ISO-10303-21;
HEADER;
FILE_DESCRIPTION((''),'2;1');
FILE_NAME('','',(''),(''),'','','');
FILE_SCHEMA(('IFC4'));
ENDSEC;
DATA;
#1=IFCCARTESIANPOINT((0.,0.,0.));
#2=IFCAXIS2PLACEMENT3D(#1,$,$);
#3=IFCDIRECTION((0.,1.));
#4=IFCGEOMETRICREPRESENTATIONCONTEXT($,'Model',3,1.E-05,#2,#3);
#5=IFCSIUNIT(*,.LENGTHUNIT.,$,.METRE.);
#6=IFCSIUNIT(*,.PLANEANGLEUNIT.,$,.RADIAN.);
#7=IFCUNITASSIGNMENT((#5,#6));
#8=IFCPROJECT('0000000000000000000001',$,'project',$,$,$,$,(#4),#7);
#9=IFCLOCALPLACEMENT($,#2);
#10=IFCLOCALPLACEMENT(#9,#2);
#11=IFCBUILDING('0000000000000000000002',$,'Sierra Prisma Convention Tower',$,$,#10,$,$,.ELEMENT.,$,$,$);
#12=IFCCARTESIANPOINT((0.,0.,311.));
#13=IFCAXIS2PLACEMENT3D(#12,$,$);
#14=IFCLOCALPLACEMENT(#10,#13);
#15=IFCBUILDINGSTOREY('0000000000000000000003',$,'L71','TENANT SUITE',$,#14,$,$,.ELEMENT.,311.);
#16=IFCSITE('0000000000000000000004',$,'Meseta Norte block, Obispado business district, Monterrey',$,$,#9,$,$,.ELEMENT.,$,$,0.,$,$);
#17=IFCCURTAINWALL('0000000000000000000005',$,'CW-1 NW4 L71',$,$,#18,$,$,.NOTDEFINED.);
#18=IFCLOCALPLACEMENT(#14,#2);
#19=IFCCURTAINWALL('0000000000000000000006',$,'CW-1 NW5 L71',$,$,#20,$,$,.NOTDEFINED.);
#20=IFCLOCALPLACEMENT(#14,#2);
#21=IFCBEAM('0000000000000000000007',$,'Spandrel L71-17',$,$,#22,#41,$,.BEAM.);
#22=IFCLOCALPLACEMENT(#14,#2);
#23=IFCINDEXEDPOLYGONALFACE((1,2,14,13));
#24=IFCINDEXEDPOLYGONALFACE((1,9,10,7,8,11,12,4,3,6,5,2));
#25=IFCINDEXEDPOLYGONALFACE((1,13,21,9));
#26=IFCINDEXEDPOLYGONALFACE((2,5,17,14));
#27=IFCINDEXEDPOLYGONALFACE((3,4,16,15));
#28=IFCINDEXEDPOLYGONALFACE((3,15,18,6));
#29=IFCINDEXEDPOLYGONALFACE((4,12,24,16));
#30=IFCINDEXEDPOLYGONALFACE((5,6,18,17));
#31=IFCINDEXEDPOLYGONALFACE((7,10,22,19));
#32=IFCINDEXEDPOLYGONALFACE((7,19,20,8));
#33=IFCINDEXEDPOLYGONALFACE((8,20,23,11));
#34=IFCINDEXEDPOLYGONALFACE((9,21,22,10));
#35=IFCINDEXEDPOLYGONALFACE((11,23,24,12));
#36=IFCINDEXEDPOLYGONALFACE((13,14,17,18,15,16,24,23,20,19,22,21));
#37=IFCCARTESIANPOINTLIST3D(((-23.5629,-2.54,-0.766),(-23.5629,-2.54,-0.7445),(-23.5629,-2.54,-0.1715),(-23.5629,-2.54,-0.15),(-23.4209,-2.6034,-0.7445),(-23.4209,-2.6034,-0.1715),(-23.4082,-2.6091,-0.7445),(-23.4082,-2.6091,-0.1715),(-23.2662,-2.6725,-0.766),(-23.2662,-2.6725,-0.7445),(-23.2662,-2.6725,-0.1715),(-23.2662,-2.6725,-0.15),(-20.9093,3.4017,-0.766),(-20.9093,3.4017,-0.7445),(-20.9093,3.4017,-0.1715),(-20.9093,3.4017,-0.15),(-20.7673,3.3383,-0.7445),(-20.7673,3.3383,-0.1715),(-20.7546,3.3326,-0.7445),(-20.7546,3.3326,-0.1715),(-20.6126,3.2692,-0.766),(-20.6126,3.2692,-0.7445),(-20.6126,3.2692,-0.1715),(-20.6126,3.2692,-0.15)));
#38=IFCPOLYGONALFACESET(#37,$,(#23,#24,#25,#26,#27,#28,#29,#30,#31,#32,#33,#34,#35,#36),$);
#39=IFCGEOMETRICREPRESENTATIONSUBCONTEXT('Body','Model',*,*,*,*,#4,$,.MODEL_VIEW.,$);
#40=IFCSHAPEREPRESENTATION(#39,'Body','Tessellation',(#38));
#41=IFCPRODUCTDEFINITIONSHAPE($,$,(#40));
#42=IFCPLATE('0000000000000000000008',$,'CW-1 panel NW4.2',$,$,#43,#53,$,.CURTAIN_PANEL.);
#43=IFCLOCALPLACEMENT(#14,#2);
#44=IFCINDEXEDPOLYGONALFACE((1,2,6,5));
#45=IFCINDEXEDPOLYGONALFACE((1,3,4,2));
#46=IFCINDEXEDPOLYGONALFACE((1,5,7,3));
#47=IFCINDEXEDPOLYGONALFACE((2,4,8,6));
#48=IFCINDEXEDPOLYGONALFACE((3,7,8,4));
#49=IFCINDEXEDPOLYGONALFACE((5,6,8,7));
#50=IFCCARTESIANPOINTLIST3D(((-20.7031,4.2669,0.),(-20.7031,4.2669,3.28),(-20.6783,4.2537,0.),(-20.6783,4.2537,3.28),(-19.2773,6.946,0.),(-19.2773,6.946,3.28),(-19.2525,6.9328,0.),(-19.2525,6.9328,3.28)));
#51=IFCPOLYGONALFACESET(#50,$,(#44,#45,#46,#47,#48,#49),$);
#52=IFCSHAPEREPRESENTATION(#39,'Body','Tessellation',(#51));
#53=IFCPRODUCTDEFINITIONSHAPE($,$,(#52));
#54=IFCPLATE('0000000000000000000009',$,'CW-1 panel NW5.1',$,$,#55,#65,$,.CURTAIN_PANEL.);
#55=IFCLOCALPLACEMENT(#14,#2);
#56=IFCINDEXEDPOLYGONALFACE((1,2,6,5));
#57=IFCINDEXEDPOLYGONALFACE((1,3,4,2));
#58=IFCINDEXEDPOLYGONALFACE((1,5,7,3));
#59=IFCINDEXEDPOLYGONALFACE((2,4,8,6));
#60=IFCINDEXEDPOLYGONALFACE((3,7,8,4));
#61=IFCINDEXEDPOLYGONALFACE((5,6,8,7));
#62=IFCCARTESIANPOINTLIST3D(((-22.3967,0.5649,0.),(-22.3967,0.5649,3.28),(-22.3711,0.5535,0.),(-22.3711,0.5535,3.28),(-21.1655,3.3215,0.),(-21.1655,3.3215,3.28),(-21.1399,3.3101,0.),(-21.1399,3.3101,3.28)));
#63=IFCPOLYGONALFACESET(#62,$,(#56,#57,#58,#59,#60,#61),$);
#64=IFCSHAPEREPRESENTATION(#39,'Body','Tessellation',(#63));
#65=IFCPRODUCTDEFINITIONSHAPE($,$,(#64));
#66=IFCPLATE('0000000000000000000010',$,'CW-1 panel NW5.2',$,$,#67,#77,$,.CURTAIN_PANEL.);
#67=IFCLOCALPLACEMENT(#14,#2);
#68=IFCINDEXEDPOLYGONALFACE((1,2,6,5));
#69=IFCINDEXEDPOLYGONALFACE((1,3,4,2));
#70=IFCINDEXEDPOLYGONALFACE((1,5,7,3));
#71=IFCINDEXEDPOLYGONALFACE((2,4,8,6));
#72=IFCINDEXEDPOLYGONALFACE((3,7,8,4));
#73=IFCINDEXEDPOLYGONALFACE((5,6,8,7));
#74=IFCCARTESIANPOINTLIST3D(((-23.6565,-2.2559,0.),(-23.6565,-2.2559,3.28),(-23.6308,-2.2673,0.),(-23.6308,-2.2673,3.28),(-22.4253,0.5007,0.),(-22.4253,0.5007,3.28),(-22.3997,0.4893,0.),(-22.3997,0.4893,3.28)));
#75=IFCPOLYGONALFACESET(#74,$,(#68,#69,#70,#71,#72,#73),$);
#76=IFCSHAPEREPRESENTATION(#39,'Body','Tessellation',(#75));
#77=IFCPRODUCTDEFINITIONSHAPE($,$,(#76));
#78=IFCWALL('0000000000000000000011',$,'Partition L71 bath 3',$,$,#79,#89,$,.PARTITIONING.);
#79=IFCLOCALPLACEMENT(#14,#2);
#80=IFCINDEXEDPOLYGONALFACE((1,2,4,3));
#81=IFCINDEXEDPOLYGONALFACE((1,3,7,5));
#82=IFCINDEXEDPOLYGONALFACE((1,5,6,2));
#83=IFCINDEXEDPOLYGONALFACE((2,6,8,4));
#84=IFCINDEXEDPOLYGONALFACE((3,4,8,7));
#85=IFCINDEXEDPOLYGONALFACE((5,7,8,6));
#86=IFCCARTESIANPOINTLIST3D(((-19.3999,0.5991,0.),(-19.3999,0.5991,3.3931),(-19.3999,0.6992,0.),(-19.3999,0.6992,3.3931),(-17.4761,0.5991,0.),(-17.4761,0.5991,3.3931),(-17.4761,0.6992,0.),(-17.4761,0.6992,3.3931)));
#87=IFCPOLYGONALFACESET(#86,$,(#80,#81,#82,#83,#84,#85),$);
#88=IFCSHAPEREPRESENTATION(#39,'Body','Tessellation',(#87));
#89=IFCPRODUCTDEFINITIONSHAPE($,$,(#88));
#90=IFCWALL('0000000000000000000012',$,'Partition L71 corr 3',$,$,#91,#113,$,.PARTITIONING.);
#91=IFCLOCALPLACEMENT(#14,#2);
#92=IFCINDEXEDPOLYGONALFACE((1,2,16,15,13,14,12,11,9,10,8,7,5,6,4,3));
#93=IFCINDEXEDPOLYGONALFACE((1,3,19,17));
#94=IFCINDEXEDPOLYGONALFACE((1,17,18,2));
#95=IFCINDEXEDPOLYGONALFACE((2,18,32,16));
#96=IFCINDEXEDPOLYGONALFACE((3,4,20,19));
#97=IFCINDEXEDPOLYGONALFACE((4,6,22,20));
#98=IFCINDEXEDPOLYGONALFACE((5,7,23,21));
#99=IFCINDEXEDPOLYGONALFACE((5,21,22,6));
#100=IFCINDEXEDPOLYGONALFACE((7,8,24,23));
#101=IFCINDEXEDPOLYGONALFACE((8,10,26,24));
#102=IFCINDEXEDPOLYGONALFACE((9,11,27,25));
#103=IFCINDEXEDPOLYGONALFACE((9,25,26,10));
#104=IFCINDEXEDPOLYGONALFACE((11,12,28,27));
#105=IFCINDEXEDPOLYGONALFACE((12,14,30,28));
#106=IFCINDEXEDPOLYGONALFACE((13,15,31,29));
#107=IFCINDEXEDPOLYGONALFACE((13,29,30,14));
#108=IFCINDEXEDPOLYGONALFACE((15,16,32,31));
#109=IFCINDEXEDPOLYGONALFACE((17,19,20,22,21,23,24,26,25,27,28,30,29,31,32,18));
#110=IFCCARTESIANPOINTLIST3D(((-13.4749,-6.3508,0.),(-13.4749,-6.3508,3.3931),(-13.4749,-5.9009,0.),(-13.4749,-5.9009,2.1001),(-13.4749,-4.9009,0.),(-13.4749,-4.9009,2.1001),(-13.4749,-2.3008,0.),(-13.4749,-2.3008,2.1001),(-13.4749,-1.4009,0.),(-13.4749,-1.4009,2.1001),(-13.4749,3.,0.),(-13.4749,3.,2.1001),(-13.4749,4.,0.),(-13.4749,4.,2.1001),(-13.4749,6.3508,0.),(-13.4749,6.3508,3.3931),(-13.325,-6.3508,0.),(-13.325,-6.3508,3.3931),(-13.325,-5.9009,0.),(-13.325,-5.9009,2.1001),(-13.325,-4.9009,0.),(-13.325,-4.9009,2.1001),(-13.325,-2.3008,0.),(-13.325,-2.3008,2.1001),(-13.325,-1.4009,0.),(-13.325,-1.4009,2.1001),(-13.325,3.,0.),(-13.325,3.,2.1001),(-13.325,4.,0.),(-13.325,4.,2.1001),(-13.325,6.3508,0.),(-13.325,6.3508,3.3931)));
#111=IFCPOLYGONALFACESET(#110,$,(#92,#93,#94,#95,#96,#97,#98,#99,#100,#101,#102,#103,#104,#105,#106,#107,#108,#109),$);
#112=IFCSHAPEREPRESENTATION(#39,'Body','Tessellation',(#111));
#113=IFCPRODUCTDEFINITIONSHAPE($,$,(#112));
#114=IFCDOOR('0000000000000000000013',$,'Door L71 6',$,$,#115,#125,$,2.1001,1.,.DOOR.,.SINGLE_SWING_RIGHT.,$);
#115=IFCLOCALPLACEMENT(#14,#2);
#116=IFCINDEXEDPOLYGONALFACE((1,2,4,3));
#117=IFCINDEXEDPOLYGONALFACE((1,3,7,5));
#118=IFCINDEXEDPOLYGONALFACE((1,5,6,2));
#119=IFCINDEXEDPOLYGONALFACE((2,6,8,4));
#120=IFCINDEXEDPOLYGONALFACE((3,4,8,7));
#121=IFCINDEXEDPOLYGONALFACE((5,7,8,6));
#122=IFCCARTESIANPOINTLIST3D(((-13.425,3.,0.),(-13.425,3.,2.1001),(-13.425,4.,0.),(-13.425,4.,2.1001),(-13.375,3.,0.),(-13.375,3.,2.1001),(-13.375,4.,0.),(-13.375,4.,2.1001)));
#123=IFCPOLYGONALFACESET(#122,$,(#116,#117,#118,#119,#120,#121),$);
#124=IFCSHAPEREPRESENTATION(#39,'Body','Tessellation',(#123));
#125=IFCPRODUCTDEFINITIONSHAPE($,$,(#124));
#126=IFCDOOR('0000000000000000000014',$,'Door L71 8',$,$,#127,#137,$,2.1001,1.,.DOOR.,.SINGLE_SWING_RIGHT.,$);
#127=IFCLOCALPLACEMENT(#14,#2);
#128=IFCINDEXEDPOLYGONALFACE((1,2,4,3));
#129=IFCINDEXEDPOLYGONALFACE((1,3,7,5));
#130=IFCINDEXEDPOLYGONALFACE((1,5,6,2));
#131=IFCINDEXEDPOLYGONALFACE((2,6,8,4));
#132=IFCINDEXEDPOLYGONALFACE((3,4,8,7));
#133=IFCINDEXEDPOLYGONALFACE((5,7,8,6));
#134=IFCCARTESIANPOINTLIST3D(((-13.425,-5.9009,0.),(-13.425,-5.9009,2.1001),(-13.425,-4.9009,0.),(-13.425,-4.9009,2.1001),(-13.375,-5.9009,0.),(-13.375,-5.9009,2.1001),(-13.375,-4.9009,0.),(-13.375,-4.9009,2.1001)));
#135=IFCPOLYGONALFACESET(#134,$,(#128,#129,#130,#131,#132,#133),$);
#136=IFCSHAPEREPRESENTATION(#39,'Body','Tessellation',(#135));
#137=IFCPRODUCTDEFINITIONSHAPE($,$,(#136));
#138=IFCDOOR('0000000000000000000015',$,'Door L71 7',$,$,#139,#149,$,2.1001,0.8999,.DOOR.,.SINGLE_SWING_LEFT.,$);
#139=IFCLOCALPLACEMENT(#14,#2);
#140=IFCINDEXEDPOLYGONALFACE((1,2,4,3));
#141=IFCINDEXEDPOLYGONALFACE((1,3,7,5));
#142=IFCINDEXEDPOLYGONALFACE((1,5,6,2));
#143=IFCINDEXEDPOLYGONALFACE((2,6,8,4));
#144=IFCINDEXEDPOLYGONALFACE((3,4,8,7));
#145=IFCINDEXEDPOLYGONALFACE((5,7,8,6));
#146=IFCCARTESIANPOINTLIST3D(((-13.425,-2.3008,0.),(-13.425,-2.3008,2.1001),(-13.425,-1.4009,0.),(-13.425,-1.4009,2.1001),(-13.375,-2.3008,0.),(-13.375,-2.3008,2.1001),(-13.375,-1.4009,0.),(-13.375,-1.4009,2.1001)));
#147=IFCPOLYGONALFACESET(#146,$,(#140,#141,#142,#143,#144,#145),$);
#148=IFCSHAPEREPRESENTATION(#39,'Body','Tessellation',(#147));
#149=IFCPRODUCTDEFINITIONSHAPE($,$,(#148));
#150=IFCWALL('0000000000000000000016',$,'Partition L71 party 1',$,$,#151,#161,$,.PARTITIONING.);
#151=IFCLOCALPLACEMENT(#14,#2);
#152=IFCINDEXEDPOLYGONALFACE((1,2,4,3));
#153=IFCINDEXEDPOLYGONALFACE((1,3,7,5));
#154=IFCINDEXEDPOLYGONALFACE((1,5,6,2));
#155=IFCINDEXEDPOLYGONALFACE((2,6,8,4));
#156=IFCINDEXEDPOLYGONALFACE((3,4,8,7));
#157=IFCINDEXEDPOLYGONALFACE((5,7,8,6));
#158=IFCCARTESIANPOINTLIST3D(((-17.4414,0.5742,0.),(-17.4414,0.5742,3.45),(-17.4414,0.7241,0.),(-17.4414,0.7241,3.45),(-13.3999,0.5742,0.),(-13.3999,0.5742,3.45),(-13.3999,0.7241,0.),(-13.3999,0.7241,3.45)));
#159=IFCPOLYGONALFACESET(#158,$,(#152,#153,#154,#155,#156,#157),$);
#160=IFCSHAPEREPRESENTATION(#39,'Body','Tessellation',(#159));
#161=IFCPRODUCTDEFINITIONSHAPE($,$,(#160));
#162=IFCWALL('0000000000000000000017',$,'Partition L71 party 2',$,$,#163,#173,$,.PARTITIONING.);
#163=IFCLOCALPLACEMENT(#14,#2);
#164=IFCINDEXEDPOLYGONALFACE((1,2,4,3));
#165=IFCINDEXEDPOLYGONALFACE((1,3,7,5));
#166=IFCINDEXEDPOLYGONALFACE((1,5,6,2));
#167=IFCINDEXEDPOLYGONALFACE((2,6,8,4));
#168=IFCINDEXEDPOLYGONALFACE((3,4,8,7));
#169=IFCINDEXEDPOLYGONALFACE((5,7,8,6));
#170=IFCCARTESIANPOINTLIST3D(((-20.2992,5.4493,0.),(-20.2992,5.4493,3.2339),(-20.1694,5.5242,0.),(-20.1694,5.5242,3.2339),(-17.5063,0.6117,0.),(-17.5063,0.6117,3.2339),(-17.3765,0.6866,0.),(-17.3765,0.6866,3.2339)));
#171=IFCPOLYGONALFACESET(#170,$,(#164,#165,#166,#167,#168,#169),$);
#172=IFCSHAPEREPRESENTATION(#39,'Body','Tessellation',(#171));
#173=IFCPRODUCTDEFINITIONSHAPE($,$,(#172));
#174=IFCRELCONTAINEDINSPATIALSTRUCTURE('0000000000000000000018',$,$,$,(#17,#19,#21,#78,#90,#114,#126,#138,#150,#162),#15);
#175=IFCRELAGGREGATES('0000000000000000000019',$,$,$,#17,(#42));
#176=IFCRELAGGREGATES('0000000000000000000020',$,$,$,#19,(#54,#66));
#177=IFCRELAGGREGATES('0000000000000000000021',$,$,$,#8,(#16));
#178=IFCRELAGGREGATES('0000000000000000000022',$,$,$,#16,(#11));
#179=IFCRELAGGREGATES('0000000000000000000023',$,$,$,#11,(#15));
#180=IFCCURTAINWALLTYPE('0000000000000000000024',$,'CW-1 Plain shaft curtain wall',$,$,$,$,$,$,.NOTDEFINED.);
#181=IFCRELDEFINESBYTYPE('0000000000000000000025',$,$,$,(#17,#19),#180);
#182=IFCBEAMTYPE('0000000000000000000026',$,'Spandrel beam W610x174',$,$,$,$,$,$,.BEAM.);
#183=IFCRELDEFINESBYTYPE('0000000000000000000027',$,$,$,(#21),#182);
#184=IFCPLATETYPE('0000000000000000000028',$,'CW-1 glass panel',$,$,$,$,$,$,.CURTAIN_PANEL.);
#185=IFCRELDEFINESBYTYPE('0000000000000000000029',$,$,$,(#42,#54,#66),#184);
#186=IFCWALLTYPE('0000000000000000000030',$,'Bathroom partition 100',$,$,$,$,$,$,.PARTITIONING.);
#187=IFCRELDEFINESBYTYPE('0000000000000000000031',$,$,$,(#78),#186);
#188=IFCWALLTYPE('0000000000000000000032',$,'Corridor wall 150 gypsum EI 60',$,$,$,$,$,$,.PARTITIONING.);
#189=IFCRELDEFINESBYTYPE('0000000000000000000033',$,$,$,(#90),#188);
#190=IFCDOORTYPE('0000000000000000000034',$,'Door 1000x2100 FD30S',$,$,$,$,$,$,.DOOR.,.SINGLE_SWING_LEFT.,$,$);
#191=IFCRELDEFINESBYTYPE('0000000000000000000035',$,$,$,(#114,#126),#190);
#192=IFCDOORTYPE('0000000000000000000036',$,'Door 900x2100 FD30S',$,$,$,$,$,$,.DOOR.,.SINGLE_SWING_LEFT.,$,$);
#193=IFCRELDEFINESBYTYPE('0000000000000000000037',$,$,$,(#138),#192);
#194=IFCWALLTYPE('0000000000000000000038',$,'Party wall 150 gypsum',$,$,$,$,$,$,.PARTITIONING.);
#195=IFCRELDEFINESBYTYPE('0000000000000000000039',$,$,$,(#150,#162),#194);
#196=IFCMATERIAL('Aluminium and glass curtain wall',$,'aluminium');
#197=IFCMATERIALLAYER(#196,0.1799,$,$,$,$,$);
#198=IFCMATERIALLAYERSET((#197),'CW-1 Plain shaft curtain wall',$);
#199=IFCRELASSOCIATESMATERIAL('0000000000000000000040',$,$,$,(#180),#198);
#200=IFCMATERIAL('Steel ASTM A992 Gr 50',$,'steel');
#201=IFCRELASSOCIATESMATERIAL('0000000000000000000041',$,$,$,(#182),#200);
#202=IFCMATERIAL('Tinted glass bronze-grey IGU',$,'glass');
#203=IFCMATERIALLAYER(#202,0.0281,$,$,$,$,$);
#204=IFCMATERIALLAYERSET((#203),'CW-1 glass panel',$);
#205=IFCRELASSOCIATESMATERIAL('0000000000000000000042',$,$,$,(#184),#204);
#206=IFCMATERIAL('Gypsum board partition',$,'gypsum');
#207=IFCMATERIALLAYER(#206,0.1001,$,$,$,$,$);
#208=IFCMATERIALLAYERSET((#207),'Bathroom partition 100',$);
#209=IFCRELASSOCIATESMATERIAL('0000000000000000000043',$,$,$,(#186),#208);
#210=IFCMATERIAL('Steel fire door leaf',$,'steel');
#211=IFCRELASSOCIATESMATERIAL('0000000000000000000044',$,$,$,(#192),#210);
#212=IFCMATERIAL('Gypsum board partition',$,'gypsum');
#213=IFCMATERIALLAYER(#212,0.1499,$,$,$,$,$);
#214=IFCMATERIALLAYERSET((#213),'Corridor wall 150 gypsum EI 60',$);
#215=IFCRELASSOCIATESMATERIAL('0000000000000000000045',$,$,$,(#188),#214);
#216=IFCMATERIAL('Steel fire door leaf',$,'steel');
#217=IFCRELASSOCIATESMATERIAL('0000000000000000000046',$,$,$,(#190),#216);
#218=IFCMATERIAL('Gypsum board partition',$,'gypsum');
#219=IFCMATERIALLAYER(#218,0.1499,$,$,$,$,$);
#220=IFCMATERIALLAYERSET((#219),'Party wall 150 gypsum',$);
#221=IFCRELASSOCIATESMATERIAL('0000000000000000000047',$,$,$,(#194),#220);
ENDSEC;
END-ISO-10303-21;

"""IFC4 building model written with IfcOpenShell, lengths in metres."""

from ifc_helpers import new_model, si_unit, direction, frame, frame_2d, origin, origin_2d, place, context, subcontext, project, spatial, rectangle, i_section, extrude, material, layer, layer_set, material_profile, profile_set, type_object, element, fill, aggregate, save


model = new_model("IFC4")

# Units and contexts
model_context = context("Model", 3, precision=1e-05, world=origin(), true_north=direction((0.0, 1.0)))
body_context = subcontext(model_context, "Body", "Model", "MODEL_VIEW")
ifc_project = project(units=[si_unit("LENGTHUNIT", "METRE"), si_unit("PLANEANGLEUNIT", "RADIAN")], contexts=[model_context])

# Site, building, storey
site_placement = place(None, origin())
site = spatial("IfcSite", under=ifc_project, at=site_placement, Name="Meseta Norte block, Obispado business district, Monterrey", CompositionType="ELEMENT", RefElevation=0.0)
building_placement = place(site_placement, origin())
building = spatial("IfcBuilding", under=site, at=building_placement, Name="Sierra Prisma Convention Tower", CompositionType="ELEMENT")
storey_placement = place(building_placement, frame((0.0, 0.0, 311.0)))
storey = spatial("IfcBuildingStorey", under=building, at=storey_placement, Name="L71", Description="TENANT SUITE", CompositionType="ELEMENT", Elevation=311.0)

# Curtain walls
ifc_material_1 = material(Name="Aluminium and glass curtain wall", Category="aluminium")
ifc_layer_1 = layer(ifc_material_1, 0.1799)
ifc_layer_set_1 = layer_set([ifc_layer_1], Name="CW-1 Plain shaft curtain wall")
curtain_wall_type = type_object("IfcCurtainWallType", Name="CW-1 Plain shaft curtain wall", PredefinedType="NOTDEFINED", material=ifc_layer_set_1)
curtain_wall_1_placement = place(storey_placement, origin())
curtain_wall_1 = element("IfcCurtainWall", 1, at=curtain_wall_1_placement, inside=storey, type_object=curtain_wall_type, Name="CW-1 NW4 L71", PredefinedType="NOTDEFINED")
curtain_wall_2_placement = place(storey_placement, origin())
curtain_wall_2 = element("IfcCurtainWall", 2, at=curtain_wall_2_placement, inside=storey, type_object=curtain_wall_type, Name="CW-1 NW5 L71", PredefinedType="NOTDEFINED")

# Beam
ifc_material_2 = material(Name="Steel ASTM A992 Gr 50", Category="steel")
ifc_material_profile_1 = material_profile(ifc_material_2, i_section(OverallWidth=0.325, OverallDepth=0.616, WebThickness=0.0139, FlangeThickness=0.0215, at=origin_2d()), Name="W610x174")
ifc_profile_set_1 = profile_set([ifc_material_profile_1], Name="Steel ASTM A992 Gr 50")
beam_type_1 = type_object("IfcBeamType", Name="Spandrel beam W610x174", PredefinedType="BEAM", material=ifc_profile_set_1)
beam_1_placement = place(storey_placement, frame((-20.761, 3.3354, -0.458), z_axis=(-0.407784, -0.913078, 0.0), x_axis=(0.913078, -0.407784, 0.0)))
element("IfcBeam", 3, at=beam_1_placement, inside=storey, type_object=beam_type_1, Name="Spandrel L71-17", PredefinedType="BEAM", context=body_context, shape_type="SweptSolid", body=[
    extrude(i_section(OverallWidth=0.325, OverallDepth=0.616, WebThickness=0.0139, FlangeThickness=0.0215, at=origin_2d()), origin(), (0.0, 0.0, 1.0), 6.5073),
])

# Plates
ifc_material_3 = material(Name="Tinted glass bronze-grey IGU", Category="glass")
ifc_layer_2 = layer(ifc_material_3, 0.0281)
ifc_layer_set_2 = layer_set([ifc_layer_2], Name="CW-1 glass panel")
plate_type = type_object("IfcPlateType", Name="CW-1 glass panel", PredefinedType="CURTAIN_PANEL", material=ifc_layer_set_2)
plate_1_placement = place(storey_placement, frame((-19.9778, 5.5999, 0.0), z_axis=(0.0, 0.0, 1.0), x_axis=(-0.469815, -0.882765, 0.0)))
plate_1 = element("IfcPlate", 4, at=plate_1_placement, type_object=plate_type, Name="CW-1 panel NW4.2", PredefinedType="CURTAIN_PANEL", context=body_context, shape_type="SweptSolid", body=[
    extrude(rectangle(XDim=3.0349, YDim=0.0281, at=origin_2d()), origin(), (0.0, 0.0, 1.0), 3.28),
])
aggregate(curtain_wall_1, [plate_1])
plate_2_placement = place(storey_placement, frame((-21.7683, 1.9375, 0.0), z_axis=(0.0, 0.0, 1.0), x_axis=(-0.407802, -0.91307, 0.0)))
plate_2 = element("IfcPlate", 5, at=plate_2_placement, type_object=plate_type, Name="CW-1 panel NW5.1", PredefinedType="CURTAIN_PANEL", context=body_context, shape_type="SweptSolid", body=[
    extrude(rectangle(XDim=3.019, YDim=0.0281, at=origin_2d()), origin(), (0.0, 0.0, 1.0), 3.28),
])
plate_3_placement = place(storey_placement, frame((-23.0281, -0.8833, 0.0), z_axis=(0.0, 0.0, 1.0), x_axis=(-0.407802, -0.91307, 0.0)))
plate_3 = element("IfcPlate", 6, at=plate_3_placement, type_object=plate_type, Name="CW-1 panel NW5.2", PredefinedType="CURTAIN_PANEL", context=body_context, shape_type="SweptSolid", body=[
    extrude(rectangle(XDim=3.019, YDim=0.0281, at=origin_2d()), origin(), (0.0, 0.0, 1.0), 3.28),
])
aggregate(curtain_wall_2, [plate_2, plate_3])

# Wall
ifc_material_4 = material(Name="Gypsum board partition", Category="gypsum")
ifc_layer_3 = layer(ifc_material_4, 0.1001)
ifc_layer_set_3 = layer_set([ifc_layer_3], Name="Bathroom partition 100")
wall_type_1 = type_object("IfcWallType", Name="Bathroom partition 100", PredefinedType="PARTITIONING", material=ifc_layer_set_3)
wall_1_placement = place(storey_placement, frame((-19.3999, 0.6492, 0.0), z_axis=(0.0, 0.0, 1.0), x_axis=(1.0, 0.0, 0.0)))
element("IfcWall", 7, at=wall_1_placement, inside=storey, type_object=wall_type_1, Name="Partition L71 bath 3", PredefinedType="PARTITIONING", context=body_context, shape_type="SweptSolid", body=[
    extrude(rectangle(XDim=1.9238, YDim=0.1001, at=frame_2d((0.9619, 0.0))), origin(), (0.0, 0.0, 1.0), 3.3931),
])

# Shared definitions
ifc_material_5 = material(Name="Steel fire door leaf", Category="steel")
door_type_1 = type_object("IfcDoorType", Name="Door 900x2100 FD30S", OperationType="SINGLE_SWING_LEFT", PredefinedType="DOOR", material=ifc_material_5)

# Wall, openings, doors
ifc_material_6 = material(Name="Gypsum board partition", Category="gypsum")
ifc_layer_4 = layer(ifc_material_6, 0.1499)
ifc_layer_set_4 = layer_set([ifc_layer_4], Name="Corridor wall 150 gypsum EI 60")
wall_type_2 = type_object("IfcWallType", Name="Corridor wall 150 gypsum EI 60", PredefinedType="PARTITIONING", material=ifc_layer_set_4)
wall_2_placement = place(storey_placement, frame((-13.3999, 6.3508, 0.0), z_axis=(0.0, 0.0, 1.0), x_axis=(0.0, -1.0, 0.0)))
wall_2 = element("IfcWall", 8, at=wall_2_placement, inside=storey, type_object=wall_type_2, Name="Partition L71 corr 3", PredefinedType="PARTITIONING", context=body_context, shape_type="SweptSolid", body=[
    extrude(rectangle(XDim=12.7017, YDim=0.1499, at=frame_2d((6.3508, 0.0))), origin(), (0.0, 0.0, 1.0), 3.3931),
])
opening_1_placement = place(wall_2_placement, frame((2.3508, 0.0, 0.0)))
opening_1 = element("IfcOpeningElement", 9, at=opening_1_placement, cuts=wall_2, PredefinedType="OPENING", context=body_context, shape_type="SweptSolid", body=[
    extrude(rectangle(XDim=1.0, YDim=2.1001, at=frame_2d((0.5, 1.05))), frame((0.0, 0.075, 0.0), z_axis=(0.0, -1.0, 0.0), x_axis=(1.0, 0.0, 0.0)), (0.0, 0.0, 1.0), 0.1499),
])
opening_2_placement = place(wall_2_placement, frame((7.7517, 0.0, 0.0)))
opening_2 = element("IfcOpeningElement", 10, at=opening_2_placement, cuts=wall_2, PredefinedType="OPENING", context=body_context, shape_type="SweptSolid", body=[
    extrude(rectangle(XDim=0.8999, YDim=2.1001, at=frame_2d((0.45, 1.05))), frame((0.0, 0.075, 0.0), z_axis=(0.0, -1.0, 0.0), x_axis=(1.0, 0.0, 0.0)), (0.0, 0.0, 1.0), 0.1499),
])
opening_3_placement = place(wall_2_placement, frame((11.2517, 0.0, 0.0)))
opening_3 = element("IfcOpeningElement", 11, at=opening_3_placement, cuts=wall_2, PredefinedType="OPENING", context=body_context, shape_type="SweptSolid", body=[
    extrude(rectangle(XDim=1.0, YDim=2.1001, at=frame_2d((0.5, 1.05))), frame((0.0, 0.075, 0.0), z_axis=(0.0, -1.0, 0.0), x_axis=(1.0, 0.0, 0.0)), (0.0, 0.0, 1.0), 0.1499),
])
ifc_material_7 = material(Name="Steel fire door leaf", Category="steel")
door_type_2 = type_object("IfcDoorType", Name="Door 1000x2100 FD30S", OperationType="SINGLE_SWING_LEFT", PredefinedType="DOOR", material=ifc_material_7)
door_1_placement = place(opening_1_placement, origin())
door_1 = element("IfcDoor", 12, at=door_1_placement, inside=storey, type_object=door_type_2, Name="Door L71 6", OperationType="SINGLE_SWING_RIGHT", OverallHeight=2.1001, OverallWidth=1.0, PredefinedType="DOOR", context=body_context, shape_type="SweptSolid", body=[
    extrude(rectangle(XDim=1.0, YDim=2.1001, at=frame_2d((0.5, 1.05))), frame((0.0, 0.0249, 0.0), z_axis=(0.0, -1.0, 0.0), x_axis=(1.0, 0.0, 0.0)), (0.0, 0.0, 1.0), 0.05),
])
fill(opening_1, door_1)
door_2_placement = place(opening_3_placement, origin())
door_2 = element("IfcDoor", 13, at=door_2_placement, inside=storey, type_object=door_type_2, Name="Door L71 8", OperationType="SINGLE_SWING_RIGHT", OverallHeight=2.1001, OverallWidth=1.0, PredefinedType="DOOR", context=body_context, shape_type="SweptSolid", body=[
    extrude(rectangle(XDim=1.0, YDim=2.1001, at=frame_2d((0.5, 1.05))), frame((0.0, 0.0249, 0.0), z_axis=(0.0, -1.0, 0.0), x_axis=(1.0, 0.0, 0.0)), (0.0, 0.0, 1.0), 0.05),
])
fill(opening_3, door_2)
door_3_placement = place(opening_2_placement, origin())
door_3 = element("IfcDoor", 14, at=door_3_placement, inside=storey, type_object=door_type_1, Name="Door L71 7", OperationType="SINGLE_SWING_LEFT", OverallHeight=2.1001, OverallWidth=0.8999, PredefinedType="DOOR", context=body_context, shape_type="SweptSolid", body=[
    extrude(rectangle(XDim=0.8999, YDim=2.1001, at=frame_2d((0.45, 1.05))), frame((0.0, 0.0249, 0.0), z_axis=(0.0, -1.0, 0.0), x_axis=(1.0, 0.0, 0.0)), (0.0, 0.0, 1.0), 0.05),
])
fill(opening_2, door_3)

# Walls
ifc_material_8 = material(Name="Gypsum board partition", Category="gypsum")
ifc_layer_5 = layer(ifc_material_8, 0.1499)
ifc_layer_set_5 = layer_set([ifc_layer_5], Name="Party wall 150 gypsum")
wall_type_3 = type_object("IfcWallType", Name="Party wall 150 gypsum", PredefinedType="PARTITIONING", material=ifc_layer_set_5)
wall_3_placement = place(storey_placement, frame((-13.3999, 0.6492, 0.0), z_axis=(0.0, 0.0, 1.0), x_axis=(-1.0, 0.0, 0.0)))
element("IfcWall", 15, at=wall_3_placement, inside=storey, type_object=wall_type_3, Name="Partition L71 party 1", PredefinedType="PARTITIONING", context=body_context, shape_type="SweptSolid", body=[
    extrude(rectangle(XDim=4.0415, YDim=0.1499, at=frame_2d((2.0208, 0.0))), origin(), (0.0, 0.0, 1.0), 3.45),
])
wall_4_placement = place(storey_placement, frame((-17.4414, 0.6492, 0.0), z_axis=(0.0, 0.0, 1.0), x_axis=(-0.499994, 0.866029, 0.0)))
element("IfcWall", 16, at=wall_4_placement, inside=storey, type_object=wall_type_3, Name="Partition L71 party 2", PredefinedType="PARTITIONING", context=body_context, shape_type="SweptSolid", body=[
    extrude(rectangle(XDim=5.5859, YDim=0.1499, at=frame_2d((2.793, 0.0))), origin(), (0.0, 0.0, 1.0), 3.2339),
])

save(model, "model.ifc")
